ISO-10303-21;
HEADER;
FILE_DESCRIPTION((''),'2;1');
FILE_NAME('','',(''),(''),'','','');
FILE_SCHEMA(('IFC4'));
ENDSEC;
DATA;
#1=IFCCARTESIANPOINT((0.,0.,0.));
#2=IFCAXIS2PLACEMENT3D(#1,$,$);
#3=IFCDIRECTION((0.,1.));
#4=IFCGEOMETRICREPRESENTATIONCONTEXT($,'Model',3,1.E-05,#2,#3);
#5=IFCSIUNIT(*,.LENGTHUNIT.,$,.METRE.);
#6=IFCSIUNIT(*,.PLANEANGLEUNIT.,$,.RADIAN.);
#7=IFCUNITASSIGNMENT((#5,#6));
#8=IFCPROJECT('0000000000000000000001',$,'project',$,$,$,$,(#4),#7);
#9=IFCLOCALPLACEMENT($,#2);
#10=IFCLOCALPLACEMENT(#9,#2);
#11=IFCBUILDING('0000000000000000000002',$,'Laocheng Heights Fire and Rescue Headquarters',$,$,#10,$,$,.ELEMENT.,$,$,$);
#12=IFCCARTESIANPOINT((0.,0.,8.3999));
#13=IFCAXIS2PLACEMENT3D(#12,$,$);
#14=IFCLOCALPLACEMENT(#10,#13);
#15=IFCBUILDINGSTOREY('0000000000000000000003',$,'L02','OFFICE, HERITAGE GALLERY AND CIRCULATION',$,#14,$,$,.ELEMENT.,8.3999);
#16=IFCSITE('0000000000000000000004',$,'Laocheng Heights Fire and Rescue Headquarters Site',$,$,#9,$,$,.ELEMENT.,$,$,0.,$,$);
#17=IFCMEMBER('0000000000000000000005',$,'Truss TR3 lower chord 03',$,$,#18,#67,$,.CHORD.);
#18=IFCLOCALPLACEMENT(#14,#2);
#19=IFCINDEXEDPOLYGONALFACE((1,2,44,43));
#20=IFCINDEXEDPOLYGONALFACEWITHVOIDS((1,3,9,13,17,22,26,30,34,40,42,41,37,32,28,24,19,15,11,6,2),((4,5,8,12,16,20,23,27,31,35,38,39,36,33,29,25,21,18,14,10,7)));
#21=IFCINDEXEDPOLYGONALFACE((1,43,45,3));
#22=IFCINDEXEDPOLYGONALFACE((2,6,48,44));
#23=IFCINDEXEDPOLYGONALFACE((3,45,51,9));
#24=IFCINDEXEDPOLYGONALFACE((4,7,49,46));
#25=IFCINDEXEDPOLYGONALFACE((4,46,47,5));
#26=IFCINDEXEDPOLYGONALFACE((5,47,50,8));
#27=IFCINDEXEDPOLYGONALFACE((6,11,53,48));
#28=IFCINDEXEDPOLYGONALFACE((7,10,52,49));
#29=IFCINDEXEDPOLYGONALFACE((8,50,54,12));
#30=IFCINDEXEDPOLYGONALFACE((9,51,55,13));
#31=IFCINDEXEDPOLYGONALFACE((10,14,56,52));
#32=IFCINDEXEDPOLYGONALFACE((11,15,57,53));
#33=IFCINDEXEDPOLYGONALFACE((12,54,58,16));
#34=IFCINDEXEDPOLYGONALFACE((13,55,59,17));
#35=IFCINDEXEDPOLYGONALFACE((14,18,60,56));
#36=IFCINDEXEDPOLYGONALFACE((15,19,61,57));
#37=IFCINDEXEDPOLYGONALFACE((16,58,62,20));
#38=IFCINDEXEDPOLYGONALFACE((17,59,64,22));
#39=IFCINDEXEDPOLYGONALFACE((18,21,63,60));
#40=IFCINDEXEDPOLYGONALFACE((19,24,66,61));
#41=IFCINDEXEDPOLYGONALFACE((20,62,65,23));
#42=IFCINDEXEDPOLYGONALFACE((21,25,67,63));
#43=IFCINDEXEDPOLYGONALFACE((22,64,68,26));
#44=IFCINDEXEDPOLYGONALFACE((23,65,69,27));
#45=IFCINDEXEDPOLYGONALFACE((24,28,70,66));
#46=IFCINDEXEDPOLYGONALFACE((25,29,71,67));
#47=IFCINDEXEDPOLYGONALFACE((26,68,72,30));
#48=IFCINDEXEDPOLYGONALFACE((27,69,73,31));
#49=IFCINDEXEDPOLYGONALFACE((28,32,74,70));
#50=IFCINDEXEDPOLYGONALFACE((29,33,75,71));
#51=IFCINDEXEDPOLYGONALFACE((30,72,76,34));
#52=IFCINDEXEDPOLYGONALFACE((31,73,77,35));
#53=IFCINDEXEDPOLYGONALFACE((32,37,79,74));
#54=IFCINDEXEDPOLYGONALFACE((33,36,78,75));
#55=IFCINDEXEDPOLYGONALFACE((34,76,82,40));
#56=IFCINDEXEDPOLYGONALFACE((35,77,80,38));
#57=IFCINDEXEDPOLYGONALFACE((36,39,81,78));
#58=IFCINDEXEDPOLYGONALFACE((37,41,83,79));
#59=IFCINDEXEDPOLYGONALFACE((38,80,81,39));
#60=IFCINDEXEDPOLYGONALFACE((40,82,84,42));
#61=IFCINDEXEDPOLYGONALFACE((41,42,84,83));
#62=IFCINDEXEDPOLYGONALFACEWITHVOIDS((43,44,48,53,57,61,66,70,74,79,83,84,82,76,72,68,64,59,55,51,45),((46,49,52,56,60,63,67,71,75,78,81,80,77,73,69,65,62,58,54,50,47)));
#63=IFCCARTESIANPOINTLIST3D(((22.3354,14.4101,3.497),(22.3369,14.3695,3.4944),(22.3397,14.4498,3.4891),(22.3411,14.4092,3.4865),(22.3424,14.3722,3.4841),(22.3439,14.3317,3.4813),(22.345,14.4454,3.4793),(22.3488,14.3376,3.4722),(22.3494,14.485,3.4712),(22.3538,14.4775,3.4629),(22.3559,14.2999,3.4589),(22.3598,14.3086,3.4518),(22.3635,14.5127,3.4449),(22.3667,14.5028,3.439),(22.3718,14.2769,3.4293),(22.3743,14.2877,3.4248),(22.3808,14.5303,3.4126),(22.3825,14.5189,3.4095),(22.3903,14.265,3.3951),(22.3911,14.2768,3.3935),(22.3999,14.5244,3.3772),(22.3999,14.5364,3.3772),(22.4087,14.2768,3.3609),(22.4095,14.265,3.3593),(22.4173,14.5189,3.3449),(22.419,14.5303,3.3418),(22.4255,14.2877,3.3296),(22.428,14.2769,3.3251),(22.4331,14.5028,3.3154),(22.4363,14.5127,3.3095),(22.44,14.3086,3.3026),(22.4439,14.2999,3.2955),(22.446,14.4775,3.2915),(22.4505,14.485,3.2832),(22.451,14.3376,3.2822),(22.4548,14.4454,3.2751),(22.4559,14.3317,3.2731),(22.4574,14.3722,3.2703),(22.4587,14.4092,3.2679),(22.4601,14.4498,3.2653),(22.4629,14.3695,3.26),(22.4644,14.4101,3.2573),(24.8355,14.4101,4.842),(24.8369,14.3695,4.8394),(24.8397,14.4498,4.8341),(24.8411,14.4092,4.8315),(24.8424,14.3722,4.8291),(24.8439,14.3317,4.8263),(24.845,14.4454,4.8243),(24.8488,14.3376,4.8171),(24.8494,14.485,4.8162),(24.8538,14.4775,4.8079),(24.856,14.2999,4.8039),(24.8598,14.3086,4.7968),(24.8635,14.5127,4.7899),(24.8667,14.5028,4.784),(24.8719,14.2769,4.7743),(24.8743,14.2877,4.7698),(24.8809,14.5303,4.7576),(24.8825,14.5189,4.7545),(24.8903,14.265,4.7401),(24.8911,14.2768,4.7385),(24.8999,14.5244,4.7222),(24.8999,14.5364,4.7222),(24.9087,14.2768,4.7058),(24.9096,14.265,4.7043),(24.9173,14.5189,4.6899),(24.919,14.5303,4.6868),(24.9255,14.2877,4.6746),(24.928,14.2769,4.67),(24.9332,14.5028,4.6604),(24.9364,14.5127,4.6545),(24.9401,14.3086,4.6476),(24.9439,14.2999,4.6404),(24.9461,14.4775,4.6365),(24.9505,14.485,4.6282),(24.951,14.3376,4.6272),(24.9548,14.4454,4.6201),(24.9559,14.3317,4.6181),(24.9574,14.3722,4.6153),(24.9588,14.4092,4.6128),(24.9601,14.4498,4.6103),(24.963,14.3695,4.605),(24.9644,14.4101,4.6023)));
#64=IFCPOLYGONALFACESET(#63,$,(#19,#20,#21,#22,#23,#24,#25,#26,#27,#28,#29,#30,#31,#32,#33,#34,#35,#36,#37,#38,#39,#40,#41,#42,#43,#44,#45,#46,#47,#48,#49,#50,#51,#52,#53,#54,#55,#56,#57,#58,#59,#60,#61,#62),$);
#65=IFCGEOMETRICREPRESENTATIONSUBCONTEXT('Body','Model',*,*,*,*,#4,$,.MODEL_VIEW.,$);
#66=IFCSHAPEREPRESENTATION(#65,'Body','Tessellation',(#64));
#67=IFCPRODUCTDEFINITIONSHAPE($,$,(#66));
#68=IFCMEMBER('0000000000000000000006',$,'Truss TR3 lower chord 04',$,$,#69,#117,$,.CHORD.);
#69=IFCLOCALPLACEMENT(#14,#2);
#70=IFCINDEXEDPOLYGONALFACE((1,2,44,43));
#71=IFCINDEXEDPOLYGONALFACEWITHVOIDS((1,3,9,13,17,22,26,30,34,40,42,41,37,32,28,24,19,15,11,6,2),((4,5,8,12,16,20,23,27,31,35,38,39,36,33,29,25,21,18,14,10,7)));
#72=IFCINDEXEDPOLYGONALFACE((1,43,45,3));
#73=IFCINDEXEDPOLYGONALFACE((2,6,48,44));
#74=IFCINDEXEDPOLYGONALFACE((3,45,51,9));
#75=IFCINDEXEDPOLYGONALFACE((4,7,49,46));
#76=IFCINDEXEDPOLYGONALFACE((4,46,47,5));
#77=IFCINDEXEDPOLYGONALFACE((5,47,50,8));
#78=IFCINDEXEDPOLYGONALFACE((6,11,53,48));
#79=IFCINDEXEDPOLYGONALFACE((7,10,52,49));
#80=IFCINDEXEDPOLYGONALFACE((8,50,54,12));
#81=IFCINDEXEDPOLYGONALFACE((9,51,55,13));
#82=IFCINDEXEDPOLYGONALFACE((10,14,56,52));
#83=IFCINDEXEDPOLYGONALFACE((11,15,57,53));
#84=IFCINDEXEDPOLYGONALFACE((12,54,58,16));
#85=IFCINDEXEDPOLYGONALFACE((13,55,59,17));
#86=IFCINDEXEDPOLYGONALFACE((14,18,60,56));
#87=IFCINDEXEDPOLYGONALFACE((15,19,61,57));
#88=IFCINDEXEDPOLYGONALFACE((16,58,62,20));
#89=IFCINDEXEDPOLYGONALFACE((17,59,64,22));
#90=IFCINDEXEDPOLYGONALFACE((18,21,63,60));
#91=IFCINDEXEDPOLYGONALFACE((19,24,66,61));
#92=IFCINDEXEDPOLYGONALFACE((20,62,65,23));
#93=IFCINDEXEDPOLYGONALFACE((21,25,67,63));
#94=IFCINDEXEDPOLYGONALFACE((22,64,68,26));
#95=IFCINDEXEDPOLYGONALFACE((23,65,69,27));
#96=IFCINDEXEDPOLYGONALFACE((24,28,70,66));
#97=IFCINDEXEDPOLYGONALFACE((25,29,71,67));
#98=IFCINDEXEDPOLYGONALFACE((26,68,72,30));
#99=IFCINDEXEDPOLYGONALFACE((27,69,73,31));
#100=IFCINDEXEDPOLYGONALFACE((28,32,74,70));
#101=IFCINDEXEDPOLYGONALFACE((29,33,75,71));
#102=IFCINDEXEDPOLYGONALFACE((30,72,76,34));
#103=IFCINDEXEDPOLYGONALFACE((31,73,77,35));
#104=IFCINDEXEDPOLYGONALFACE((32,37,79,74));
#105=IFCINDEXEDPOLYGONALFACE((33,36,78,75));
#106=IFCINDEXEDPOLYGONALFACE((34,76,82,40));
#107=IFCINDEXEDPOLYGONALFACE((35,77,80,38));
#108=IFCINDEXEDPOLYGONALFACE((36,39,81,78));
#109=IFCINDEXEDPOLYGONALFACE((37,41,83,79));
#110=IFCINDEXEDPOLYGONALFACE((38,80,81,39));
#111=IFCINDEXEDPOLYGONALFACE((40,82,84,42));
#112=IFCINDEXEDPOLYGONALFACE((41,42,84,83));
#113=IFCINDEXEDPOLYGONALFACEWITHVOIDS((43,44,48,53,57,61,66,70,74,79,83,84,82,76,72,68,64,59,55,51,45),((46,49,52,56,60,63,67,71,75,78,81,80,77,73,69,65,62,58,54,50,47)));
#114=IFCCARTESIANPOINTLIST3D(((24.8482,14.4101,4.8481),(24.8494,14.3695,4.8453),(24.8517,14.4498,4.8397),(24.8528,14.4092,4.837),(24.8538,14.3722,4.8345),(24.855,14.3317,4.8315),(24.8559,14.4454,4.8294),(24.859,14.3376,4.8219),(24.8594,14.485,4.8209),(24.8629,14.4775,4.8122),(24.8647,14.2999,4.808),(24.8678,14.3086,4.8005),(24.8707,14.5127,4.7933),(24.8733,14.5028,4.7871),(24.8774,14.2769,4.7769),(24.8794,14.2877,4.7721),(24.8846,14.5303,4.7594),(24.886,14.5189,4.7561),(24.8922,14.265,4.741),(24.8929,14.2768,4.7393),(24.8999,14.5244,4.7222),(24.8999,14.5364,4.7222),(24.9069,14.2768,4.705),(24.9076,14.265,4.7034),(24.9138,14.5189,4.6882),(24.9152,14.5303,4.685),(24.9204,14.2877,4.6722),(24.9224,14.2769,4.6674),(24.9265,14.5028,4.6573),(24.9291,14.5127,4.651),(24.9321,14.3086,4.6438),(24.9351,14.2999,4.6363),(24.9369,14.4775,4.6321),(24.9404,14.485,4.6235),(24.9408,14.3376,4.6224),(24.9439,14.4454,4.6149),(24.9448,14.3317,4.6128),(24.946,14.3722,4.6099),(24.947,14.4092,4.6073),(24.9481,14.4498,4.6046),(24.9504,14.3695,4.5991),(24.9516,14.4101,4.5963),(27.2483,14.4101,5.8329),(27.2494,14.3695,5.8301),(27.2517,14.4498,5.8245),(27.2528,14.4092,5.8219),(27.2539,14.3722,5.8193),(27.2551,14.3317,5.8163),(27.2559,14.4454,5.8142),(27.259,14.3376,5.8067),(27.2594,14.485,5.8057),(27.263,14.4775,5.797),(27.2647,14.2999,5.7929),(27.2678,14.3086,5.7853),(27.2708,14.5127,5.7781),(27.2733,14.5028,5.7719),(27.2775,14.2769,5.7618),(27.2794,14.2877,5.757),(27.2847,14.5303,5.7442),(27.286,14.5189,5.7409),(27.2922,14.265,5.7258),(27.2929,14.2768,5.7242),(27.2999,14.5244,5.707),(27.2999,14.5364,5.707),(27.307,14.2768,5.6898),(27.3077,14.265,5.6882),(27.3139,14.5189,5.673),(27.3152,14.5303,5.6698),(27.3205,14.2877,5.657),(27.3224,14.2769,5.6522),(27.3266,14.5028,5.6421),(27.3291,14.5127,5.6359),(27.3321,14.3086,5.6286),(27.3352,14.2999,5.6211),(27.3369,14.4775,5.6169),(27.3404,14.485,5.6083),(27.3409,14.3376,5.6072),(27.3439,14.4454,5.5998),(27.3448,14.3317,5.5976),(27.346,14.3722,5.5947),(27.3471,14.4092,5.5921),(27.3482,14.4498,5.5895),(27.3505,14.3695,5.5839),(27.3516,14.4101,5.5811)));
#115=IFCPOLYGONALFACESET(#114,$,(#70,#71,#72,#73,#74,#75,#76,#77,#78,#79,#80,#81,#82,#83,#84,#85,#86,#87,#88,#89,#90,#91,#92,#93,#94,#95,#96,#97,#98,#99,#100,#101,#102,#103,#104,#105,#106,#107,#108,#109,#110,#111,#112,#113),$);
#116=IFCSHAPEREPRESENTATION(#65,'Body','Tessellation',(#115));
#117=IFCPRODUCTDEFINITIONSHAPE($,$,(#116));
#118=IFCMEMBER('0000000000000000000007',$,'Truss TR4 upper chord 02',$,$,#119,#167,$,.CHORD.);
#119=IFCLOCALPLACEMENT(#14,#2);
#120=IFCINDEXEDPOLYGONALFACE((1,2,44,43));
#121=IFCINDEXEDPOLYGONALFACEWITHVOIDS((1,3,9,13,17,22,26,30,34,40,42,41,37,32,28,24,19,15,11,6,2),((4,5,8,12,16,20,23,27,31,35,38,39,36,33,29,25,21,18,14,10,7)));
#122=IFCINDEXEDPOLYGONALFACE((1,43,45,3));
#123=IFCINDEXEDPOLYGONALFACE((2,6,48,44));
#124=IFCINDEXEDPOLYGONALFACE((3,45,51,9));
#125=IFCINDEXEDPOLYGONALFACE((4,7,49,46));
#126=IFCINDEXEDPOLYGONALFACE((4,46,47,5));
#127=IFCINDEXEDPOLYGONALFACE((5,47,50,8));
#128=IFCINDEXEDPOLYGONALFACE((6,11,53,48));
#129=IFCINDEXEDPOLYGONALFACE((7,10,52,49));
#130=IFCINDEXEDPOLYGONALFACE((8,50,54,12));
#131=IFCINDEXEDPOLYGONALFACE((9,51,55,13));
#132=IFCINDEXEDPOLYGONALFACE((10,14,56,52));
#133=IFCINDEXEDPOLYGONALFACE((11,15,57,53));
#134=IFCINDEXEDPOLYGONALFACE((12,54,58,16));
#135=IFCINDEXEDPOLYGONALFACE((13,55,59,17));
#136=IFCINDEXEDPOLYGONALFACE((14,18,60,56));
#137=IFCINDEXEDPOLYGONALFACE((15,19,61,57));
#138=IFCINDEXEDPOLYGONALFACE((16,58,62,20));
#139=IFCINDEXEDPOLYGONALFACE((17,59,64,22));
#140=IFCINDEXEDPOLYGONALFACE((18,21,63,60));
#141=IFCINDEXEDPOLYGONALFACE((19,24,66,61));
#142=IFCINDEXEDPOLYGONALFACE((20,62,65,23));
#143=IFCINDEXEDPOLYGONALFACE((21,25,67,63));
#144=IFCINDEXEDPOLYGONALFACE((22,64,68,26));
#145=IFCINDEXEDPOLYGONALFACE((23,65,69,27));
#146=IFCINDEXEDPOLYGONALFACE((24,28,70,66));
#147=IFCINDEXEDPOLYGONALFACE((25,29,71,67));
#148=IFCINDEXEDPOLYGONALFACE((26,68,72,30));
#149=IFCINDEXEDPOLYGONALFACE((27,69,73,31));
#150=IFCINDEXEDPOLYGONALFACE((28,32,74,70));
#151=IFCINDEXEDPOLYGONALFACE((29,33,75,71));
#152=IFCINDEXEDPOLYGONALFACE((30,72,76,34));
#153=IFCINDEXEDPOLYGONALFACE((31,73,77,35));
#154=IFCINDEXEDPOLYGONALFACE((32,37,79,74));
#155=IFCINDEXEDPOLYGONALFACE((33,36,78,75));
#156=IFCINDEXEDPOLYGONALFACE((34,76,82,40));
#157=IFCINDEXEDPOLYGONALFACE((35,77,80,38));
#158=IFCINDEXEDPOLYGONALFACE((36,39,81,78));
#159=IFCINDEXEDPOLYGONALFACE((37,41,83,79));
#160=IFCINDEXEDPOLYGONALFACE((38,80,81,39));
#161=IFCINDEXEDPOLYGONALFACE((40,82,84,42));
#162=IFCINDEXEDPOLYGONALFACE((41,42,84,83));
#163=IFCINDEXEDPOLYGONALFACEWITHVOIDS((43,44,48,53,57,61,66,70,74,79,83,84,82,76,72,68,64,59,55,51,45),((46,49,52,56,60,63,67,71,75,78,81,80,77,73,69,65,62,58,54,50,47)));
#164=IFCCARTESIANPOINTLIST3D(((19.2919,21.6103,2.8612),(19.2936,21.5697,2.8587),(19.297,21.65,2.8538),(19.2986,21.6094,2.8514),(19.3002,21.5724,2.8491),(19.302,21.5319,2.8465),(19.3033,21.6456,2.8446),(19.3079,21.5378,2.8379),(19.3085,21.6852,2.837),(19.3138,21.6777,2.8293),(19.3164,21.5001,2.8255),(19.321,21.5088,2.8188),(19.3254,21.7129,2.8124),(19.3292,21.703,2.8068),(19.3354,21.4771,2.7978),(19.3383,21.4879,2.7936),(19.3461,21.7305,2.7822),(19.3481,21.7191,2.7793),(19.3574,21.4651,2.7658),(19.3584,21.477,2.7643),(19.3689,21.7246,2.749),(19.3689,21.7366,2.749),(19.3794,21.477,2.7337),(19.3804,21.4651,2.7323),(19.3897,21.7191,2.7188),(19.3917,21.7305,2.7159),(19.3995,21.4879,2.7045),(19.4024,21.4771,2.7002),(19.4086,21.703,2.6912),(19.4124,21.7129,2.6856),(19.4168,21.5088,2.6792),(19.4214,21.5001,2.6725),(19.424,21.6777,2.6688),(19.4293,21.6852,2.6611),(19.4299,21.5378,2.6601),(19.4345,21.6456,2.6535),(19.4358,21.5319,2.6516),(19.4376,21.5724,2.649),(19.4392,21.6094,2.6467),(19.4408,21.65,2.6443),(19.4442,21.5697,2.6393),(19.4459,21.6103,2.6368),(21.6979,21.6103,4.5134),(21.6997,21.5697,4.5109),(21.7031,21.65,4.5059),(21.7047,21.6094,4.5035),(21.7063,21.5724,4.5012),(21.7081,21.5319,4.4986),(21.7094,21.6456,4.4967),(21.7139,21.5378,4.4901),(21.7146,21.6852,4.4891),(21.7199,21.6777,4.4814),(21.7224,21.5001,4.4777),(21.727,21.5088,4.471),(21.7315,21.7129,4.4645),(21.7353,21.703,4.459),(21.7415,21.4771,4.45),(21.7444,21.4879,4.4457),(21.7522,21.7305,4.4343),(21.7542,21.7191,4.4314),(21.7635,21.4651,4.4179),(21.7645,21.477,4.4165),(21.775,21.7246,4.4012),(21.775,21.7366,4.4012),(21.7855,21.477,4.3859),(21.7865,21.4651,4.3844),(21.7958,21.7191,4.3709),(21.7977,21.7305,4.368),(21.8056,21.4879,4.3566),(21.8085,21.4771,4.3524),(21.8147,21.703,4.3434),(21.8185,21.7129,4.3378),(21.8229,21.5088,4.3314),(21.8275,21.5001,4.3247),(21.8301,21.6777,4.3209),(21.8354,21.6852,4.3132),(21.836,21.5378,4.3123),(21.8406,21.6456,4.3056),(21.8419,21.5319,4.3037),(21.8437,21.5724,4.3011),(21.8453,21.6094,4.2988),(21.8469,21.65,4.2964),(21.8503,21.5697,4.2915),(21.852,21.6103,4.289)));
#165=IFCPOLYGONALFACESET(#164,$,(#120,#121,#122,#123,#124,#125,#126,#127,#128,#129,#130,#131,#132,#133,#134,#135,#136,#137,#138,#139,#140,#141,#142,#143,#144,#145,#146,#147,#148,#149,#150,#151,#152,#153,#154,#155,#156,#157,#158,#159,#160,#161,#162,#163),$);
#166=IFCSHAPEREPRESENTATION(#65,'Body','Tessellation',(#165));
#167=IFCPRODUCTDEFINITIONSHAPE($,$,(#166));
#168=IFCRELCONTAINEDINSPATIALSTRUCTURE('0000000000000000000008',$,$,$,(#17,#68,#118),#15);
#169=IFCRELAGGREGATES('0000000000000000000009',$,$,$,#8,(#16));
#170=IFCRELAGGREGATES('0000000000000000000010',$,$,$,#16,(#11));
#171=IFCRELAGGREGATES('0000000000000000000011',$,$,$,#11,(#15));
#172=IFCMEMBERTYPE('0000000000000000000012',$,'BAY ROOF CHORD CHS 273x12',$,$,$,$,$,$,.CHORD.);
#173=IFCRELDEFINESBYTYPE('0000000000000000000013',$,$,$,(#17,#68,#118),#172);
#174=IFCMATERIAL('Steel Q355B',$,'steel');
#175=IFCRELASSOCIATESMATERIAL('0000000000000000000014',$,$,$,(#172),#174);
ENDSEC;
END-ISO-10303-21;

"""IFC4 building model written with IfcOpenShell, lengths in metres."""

from ifc_helpers import new_model, si_unit, direction, frame, origin, origin_2d, place, context, subcontext, project, spatial, hollow_circle, extrude, material, material_profile, profile_set, type_object, element, save


model = new_model("IFC4")

# Units and contexts
model_context = context("Model", 3, precision=1e-05, world=origin(), true_north=direction((0.0, 1.0)))
body_context = subcontext(model_context, "Body", "Model", "MODEL_VIEW")
ifc_project = project(units=[si_unit("LENGTHUNIT", "METRE"), si_unit("PLANEANGLEUNIT", "RADIAN")], contexts=[model_context])

# Site, building, storey
site_placement = place(None, origin())
site = spatial("IfcSite", under=ifc_project, at=site_placement, Name="Laocheng Heights Fire and Rescue Headquarters Site", CompositionType="ELEMENT", RefElevation=0.0)
building_placement = place(site_placement, origin())
building = spatial("IfcBuilding", under=site, at=building_placement, Name="Laocheng Heights Fire and Rescue Headquarters", CompositionType="ELEMENT")
storey_placement = place(building_placement, frame((0.0, 0.0, 8.3999)))
storey = spatial("IfcBuildingStorey", under=building, at=storey_placement, Name="L02", Description="OFFICE, HERITAGE GALLERY AND CIRCULATION", CompositionType="ELEMENT", Elevation=8.3999)

# Members
ifc_material_1 = material(Name="Steel Q355B", Category="steel")
ifc_material_profile_1 = material_profile(ifc_material_1, hollow_circle(Radius=0.1365, WallThickness=0.012, at=origin_2d()), Name="CHS 273x12")
ifc_profile_set_1 = profile_set([ifc_material_profile_1], Name="Steel Q355B")
member_type_1 = type_object("IfcMemberType", Name="BAY ROOF CHORD CHS 273x12", PredefinedType="CHORD", material=ifc_profile_set_1)
member_1_placement = place(storey_placement, frame((22.3999, 14.3999, 3.3772), z_axis=(0.880645, 0.0, 0.473777), x_axis=(0.0, 1.0, 0.0)))
element("IfcMember", 1, at=member_1_placement, inside=storey, type_object=member_type_1, Name="Truss TR3 lower chord 03", PredefinedType="CHORD", context=body_context, shape_type="SweptSolid", body=[
    extrude(hollow_circle(Radius=0.1365, WallThickness=0.012, at=origin_2d()), origin(), (0.0, 0.0, 1.0), 2.8389),
])
member_2_placement = place(storey_placement, frame((24.8999, 14.3999, 4.7222), z_axis=(0.925143, 0.0, 0.379618), x_axis=(0.0, 1.0, 0.0)))
element("IfcMember", 2, at=member_2_placement, inside=storey, type_object=member_type_1, Name="Truss TR3 lower chord 04", PredefinedType="CHORD", context=body_context, shape_type="SweptSolid", body=[
    extrude(hollow_circle(Radius=0.1365, WallThickness=0.012, at=origin_2d()), origin(), (0.0, 0.0, 1.0), 2.5942),
])
member_3_placement = place(storey_placement, frame((19.3689, 21.6001, 2.749), z_axis=(0.824366, 0.0, 0.566057), x_axis=(0.0, 1.0, 0.0)))
element("IfcMember", 3, at=member_3_placement, inside=storey, type_object=member_type_1, Name="Truss TR4 upper chord 02", PredefinedType="CHORD", context=body_context, shape_type="SweptSolid", body=[
    extrude(hollow_circle(Radius=0.1365, WallThickness=0.012, at=origin_2d()), origin(), (0.0, 0.0, 1.0), 2.9187),
])

save(model, "model.ifc")
